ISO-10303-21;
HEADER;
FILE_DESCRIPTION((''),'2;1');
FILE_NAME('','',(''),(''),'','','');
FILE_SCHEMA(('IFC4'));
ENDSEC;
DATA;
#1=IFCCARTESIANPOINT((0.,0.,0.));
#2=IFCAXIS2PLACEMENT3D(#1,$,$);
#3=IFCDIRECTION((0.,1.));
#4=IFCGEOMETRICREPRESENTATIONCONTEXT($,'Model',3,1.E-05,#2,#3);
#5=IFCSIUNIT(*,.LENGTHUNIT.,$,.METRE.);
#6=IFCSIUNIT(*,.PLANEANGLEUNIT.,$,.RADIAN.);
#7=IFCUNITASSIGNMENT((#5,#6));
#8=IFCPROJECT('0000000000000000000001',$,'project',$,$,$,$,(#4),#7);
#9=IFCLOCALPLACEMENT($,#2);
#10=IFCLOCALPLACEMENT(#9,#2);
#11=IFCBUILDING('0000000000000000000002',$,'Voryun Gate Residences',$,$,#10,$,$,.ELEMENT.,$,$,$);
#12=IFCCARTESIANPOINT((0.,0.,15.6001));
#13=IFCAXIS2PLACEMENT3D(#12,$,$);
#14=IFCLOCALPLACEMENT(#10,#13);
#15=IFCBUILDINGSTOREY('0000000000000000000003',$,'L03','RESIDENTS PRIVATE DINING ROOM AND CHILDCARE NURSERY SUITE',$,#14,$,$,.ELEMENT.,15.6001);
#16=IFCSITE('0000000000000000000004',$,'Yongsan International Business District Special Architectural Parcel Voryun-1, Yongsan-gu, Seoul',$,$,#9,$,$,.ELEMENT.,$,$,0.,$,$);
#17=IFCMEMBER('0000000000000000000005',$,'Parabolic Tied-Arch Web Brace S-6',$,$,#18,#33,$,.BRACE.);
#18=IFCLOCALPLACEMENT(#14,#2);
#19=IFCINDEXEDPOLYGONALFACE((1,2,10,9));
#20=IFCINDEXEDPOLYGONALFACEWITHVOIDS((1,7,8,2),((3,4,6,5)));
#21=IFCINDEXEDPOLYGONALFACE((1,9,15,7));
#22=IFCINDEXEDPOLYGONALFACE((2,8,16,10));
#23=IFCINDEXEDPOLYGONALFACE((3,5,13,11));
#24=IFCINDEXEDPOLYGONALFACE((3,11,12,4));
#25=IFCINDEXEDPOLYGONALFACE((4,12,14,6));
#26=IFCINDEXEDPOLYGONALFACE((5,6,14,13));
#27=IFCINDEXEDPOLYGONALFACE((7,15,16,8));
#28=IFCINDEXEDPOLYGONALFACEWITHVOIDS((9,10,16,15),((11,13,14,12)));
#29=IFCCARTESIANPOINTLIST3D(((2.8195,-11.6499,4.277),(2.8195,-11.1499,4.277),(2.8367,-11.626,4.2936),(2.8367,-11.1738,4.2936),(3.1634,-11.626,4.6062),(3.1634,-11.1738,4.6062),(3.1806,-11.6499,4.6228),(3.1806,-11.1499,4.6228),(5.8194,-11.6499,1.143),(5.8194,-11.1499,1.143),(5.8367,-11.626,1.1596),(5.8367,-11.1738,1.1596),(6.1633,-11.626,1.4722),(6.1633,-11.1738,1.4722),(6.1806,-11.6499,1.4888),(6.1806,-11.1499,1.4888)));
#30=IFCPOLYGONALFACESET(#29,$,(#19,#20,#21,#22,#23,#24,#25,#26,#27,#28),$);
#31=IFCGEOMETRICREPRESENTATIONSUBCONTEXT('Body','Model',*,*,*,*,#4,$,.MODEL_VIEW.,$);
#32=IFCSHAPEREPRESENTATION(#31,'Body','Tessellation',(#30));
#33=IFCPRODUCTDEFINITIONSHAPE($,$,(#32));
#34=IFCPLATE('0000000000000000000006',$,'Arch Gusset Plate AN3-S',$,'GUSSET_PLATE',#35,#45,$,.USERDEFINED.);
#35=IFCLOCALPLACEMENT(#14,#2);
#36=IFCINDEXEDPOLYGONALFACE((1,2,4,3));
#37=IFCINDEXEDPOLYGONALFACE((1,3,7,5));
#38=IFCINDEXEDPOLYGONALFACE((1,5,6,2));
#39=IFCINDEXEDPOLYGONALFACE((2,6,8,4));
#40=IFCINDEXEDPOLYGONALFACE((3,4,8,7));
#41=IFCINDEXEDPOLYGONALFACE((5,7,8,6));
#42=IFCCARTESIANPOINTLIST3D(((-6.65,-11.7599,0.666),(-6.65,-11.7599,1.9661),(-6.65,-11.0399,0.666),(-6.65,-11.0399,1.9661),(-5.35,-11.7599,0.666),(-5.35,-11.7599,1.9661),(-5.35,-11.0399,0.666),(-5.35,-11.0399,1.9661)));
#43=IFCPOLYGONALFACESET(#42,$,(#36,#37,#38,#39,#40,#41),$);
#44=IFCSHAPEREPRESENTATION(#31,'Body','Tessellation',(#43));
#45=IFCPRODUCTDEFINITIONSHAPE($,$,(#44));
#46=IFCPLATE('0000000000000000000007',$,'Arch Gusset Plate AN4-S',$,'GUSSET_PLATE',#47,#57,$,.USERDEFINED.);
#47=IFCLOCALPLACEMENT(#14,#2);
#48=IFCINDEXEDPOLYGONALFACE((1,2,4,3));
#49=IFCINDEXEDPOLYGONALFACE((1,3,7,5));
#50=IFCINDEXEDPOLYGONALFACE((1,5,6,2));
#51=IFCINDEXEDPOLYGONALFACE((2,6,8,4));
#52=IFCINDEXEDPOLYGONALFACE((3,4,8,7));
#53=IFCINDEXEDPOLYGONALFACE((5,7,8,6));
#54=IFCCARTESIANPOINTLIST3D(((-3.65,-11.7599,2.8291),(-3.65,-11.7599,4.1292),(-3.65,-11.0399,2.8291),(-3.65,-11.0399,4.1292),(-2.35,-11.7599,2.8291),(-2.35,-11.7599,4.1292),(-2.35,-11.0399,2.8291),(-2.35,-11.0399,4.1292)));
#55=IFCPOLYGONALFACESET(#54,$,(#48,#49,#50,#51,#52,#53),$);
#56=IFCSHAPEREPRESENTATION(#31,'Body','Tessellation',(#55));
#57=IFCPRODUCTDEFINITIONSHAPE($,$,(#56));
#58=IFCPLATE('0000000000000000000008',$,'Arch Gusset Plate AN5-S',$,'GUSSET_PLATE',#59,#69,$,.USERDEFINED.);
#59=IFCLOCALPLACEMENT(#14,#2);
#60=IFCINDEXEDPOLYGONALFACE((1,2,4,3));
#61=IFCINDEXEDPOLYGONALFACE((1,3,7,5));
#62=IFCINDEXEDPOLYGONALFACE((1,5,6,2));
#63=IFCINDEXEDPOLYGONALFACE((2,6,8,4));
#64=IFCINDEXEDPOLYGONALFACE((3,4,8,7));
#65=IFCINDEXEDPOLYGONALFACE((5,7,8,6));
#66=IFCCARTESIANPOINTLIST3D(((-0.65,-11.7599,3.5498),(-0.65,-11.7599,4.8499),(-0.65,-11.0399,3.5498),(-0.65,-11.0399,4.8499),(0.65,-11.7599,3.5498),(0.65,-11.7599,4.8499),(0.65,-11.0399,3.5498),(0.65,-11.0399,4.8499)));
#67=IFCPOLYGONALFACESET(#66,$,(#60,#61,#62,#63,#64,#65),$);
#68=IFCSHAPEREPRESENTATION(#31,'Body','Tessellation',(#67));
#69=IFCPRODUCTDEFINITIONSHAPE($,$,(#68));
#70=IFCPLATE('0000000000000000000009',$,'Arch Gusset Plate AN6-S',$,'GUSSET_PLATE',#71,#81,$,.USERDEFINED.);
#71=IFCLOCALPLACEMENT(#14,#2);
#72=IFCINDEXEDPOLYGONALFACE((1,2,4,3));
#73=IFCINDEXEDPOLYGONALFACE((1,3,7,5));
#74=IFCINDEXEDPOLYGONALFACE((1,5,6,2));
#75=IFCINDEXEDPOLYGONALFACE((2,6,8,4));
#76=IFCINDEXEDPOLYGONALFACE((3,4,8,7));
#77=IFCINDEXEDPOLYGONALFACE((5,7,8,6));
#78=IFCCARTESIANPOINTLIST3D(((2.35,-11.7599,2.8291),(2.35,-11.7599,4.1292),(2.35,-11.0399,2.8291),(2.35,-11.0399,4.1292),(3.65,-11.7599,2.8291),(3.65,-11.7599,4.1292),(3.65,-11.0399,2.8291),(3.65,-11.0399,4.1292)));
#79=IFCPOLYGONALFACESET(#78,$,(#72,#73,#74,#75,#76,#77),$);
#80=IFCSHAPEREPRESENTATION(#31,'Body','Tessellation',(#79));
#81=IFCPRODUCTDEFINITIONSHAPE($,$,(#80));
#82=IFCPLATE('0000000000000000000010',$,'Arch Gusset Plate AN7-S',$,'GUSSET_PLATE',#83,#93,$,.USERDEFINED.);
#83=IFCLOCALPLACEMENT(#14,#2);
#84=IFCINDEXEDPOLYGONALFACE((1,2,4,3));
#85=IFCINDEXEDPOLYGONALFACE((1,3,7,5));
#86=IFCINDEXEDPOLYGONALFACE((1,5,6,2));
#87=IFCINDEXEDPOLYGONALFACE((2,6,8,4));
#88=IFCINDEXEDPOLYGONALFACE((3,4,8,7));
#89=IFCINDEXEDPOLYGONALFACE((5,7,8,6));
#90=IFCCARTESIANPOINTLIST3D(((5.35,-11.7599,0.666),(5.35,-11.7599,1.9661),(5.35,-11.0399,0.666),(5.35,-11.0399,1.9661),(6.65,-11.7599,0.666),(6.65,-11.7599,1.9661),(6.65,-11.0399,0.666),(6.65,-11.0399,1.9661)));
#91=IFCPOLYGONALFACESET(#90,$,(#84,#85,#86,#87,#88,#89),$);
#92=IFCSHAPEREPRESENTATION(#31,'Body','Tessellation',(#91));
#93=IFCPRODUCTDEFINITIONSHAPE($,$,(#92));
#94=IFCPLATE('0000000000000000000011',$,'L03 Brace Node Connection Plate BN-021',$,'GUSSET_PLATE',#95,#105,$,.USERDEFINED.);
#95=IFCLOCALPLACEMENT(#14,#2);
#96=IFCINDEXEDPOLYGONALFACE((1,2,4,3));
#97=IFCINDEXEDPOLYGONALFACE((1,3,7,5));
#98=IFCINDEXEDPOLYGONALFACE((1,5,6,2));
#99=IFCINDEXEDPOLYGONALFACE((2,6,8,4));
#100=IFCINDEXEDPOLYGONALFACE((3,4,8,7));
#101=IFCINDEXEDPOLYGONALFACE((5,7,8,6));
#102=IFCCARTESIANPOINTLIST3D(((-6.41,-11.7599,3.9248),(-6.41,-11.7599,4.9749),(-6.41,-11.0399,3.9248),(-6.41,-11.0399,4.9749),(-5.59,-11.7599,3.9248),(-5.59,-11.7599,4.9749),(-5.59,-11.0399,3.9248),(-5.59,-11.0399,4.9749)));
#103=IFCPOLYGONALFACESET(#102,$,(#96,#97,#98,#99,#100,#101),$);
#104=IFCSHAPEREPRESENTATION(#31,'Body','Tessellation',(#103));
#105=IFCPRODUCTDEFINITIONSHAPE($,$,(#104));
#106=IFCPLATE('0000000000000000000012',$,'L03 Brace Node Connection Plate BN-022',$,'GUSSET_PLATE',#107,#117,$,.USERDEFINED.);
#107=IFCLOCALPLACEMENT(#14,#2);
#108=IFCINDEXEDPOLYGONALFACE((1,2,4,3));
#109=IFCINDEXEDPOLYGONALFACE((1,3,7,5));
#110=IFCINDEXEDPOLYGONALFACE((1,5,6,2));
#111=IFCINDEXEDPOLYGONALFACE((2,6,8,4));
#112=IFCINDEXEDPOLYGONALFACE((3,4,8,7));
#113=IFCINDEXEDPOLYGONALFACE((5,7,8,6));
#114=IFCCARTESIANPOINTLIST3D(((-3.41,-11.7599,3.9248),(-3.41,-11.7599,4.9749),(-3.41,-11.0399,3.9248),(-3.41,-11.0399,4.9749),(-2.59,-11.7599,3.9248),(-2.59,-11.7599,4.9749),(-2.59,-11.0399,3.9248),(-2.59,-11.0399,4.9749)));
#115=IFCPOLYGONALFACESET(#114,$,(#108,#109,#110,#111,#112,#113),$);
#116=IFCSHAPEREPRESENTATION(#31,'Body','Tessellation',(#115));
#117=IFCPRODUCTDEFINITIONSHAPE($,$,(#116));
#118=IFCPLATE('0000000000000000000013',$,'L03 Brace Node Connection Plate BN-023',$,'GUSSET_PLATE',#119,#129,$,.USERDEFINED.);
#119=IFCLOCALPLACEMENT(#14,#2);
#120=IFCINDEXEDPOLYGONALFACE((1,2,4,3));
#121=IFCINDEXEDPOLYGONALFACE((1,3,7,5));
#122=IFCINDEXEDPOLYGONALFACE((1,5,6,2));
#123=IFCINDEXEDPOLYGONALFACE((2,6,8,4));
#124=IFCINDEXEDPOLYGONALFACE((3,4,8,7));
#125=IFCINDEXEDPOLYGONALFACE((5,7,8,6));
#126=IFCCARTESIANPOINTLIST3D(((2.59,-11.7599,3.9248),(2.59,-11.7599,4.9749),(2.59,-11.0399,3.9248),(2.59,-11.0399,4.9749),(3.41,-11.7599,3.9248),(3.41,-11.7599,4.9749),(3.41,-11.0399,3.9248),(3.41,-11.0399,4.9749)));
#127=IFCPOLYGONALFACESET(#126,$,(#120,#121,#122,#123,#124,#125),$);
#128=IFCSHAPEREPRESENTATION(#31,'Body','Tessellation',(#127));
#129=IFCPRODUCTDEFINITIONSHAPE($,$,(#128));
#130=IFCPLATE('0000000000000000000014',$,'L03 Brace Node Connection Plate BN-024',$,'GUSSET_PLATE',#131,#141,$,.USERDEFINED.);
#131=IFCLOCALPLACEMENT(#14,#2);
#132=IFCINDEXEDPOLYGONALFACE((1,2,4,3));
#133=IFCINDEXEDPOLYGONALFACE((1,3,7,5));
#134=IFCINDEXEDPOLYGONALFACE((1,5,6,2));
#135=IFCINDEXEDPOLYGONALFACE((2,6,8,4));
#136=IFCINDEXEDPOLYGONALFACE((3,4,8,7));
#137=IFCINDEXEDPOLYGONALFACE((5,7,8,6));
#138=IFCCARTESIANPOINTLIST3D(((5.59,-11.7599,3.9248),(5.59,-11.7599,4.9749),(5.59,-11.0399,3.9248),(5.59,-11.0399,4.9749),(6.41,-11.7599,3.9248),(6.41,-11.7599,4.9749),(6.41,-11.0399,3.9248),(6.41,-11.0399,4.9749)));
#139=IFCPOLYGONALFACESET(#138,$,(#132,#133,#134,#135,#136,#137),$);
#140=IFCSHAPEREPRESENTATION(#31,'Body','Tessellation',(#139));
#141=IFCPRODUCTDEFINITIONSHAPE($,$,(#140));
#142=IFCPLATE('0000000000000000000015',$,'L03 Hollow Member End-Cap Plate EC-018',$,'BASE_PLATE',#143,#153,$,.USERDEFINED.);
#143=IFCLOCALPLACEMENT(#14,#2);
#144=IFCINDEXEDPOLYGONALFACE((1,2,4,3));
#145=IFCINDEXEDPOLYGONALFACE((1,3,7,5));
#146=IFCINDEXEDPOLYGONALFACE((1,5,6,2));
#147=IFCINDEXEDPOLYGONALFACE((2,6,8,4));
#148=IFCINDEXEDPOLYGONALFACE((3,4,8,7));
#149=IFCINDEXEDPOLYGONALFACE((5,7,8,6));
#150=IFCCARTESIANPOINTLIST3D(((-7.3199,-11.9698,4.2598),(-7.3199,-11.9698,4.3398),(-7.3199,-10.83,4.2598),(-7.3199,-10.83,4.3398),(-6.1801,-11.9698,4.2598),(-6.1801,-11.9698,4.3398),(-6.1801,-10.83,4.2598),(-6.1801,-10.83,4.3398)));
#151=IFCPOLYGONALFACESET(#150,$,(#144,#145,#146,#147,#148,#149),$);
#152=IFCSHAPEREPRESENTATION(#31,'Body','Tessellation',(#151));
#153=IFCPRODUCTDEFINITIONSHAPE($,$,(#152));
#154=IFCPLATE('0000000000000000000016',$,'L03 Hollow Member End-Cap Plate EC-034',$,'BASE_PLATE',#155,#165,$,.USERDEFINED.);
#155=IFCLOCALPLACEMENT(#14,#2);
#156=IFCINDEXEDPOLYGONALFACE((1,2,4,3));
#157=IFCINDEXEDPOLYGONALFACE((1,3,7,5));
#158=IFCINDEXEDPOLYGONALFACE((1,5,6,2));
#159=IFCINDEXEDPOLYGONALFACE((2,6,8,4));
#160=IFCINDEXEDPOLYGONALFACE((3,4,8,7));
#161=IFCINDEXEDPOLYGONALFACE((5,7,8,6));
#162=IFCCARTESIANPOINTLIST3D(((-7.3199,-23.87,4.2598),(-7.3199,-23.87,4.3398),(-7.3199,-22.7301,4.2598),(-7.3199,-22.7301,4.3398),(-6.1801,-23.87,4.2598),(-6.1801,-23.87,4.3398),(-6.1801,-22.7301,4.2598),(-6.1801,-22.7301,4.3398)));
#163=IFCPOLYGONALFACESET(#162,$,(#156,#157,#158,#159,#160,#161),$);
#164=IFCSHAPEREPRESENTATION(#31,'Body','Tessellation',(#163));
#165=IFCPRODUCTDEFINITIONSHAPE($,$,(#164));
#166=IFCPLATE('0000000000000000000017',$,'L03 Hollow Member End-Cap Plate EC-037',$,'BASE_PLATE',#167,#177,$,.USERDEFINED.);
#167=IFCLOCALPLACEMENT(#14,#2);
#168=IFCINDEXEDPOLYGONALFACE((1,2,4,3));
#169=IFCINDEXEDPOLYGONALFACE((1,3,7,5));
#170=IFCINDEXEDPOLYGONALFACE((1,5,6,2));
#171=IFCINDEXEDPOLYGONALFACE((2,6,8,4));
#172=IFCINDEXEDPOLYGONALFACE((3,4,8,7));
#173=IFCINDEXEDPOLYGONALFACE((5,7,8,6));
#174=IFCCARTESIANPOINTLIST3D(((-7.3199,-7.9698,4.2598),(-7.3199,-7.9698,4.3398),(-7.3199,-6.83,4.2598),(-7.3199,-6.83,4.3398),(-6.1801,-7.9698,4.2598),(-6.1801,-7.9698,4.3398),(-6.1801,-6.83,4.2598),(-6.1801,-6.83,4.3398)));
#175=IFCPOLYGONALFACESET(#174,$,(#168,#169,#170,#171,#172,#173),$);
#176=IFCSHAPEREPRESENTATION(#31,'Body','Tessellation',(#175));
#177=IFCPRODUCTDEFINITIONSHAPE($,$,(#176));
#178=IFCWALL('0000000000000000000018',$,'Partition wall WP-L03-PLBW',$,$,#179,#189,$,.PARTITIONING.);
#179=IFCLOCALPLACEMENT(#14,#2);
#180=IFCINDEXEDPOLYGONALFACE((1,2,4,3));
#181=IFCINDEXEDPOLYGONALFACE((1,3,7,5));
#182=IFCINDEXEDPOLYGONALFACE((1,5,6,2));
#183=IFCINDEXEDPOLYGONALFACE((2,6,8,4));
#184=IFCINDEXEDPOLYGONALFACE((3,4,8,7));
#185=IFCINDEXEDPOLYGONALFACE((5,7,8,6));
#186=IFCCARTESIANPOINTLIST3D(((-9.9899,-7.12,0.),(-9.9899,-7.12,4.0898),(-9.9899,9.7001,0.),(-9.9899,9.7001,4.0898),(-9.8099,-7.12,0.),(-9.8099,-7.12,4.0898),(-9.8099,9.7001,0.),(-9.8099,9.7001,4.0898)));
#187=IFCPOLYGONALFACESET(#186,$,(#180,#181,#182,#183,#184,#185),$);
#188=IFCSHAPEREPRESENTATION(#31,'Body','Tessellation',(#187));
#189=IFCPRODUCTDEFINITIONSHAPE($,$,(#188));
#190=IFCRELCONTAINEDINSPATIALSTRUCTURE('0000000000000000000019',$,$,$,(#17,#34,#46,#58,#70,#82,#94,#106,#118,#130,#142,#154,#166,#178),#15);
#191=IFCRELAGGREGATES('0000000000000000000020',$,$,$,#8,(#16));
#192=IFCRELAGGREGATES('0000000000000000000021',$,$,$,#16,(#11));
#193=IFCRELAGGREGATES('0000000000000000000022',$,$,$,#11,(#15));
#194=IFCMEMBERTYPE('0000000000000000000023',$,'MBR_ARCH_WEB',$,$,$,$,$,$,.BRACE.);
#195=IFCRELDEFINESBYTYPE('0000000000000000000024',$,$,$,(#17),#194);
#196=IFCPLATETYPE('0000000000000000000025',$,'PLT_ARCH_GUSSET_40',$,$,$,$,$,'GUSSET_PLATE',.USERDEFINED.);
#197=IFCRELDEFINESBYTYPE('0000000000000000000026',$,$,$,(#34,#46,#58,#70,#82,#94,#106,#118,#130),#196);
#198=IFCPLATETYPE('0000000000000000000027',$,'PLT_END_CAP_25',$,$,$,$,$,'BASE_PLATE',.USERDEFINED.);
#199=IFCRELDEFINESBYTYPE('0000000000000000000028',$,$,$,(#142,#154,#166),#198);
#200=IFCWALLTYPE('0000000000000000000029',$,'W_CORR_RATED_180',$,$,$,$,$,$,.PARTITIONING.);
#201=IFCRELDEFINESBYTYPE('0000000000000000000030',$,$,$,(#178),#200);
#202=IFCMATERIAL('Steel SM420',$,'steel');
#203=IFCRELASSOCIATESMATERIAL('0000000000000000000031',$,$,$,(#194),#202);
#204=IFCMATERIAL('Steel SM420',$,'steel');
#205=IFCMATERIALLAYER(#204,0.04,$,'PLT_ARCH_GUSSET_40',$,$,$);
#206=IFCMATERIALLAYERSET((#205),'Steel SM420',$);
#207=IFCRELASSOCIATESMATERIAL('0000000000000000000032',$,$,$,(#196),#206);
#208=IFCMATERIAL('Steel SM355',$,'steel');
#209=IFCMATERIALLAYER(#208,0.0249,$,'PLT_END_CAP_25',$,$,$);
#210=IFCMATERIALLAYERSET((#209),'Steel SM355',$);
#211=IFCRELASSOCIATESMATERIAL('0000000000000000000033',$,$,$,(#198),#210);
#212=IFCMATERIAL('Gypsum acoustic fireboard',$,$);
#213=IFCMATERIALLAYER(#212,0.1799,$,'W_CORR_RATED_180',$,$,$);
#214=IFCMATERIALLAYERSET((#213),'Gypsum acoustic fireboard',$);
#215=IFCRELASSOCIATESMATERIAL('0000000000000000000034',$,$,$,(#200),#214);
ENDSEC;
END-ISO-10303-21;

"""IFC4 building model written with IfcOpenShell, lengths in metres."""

from ifc_helpers import new_model, si_unit, direction, frame, frame_2d, origin, origin_2d, place, context, subcontext, project, spatial, rectangle, hollow_rectangle, extrude, material, layer, layer_set, material_profile, profile_set, type_object, element, save


model = new_model("IFC4")

# Units and contexts
model_context = context("Model", 3, precision=1e-05, world=origin(), true_north=direction((0.0, 1.0)))
body_context = subcontext(model_context, "Body", "Model", "MODEL_VIEW")
ifc_project = project(units=[si_unit("LENGTHUNIT", "METRE"), si_unit("PLANEANGLEUNIT", "RADIAN")], contexts=[model_context])

# Site, building, storey
site_placement = place(None, origin())
site = spatial("IfcSite", under=ifc_project, at=site_placement, Name="Yongsan International Business District Special Architectural Parcel Voryun-1, Yongsan-gu, Seoul", CompositionType="ELEMENT", RefElevation=0.0)
building_placement = place(site_placement, origin())
building = spatial("IfcBuilding", under=site, at=building_placement, Name="Voryun Gate Residences", CompositionType="ELEMENT")
storey_placement = place(building_placement, frame((0.0, 0.0, 15.6001)))
storey = spatial("IfcBuildingStorey", under=building, at=storey_placement, Name="L03", Description="RESIDENTS PRIVATE DINING ROOM AND CHILDCARE NURSERY SUITE", CompositionType="ELEMENT", Elevation=15.6001)

# Member
ifc_material_1 = material(Name="Steel SM420", Category="steel")
ifc_material_profile_1 = material_profile(ifc_material_1, hollow_rectangle(XDim=0.5, YDim=0.5, WallThickness=0.0239, at=origin_2d()), Name="BOX-500x500x24")
ifc_profile_set_1 = profile_set([ifc_material_profile_1], Name="Steel SM420")
member_type = type_object("IfcMemberType", Name="MBR_ARCH_WEB", PredefinedType="BRACE", material=ifc_profile_set_1)
member_1_placement = place(storey_placement, frame((6.0, -11.3999, 1.3159), z_axis=(-0.691491, 0.0, 0.722385), x_axis=(0.0, -1.0, 0.0)))
element("IfcMember", 1, at=member_1_placement, inside=storey, type_object=member_type, Name="Parabolic Tied-Arch Web Brace S-6", PredefinedType="BRACE", context=body_context, shape_type="SweptSolid", body=[
    extrude(hollow_rectangle(XDim=0.5, YDim=0.5, WallThickness=0.0239, at=origin_2d()), origin(), (0.0, 0.0, 1.0), 4.3384),
])

# Plates
ifc_material_2 = material(Name="Steel SM420", Category="steel")
ifc_layer_1 = layer(ifc_material_2, 0.04, Name="PLT_ARCH_GUSSET_40")
ifc_layer_set_1 = layer_set([ifc_layer_1], Name="Steel SM420")
plate_type_1 = type_object("IfcPlateType", Name="PLT_ARCH_GUSSET_40", ElementType="GUSSET_PLATE", PredefinedType="USERDEFINED", material=ifc_layer_set_1)
for number, where, z_axis, x_axis, name in (
    (2, (-6.0, -11.3999, 0.666), (0.0, 0.0, 1.0), (1.0, 0.0, 0.0), "Arch Gusset Plate AN3-S"),
    (3, (-3.0, -11.3999, 2.8291), (0.0, 0.0, 1.0), (1.0, 0.0, 0.0), "Arch Gusset Plate AN4-S"),
    (4, (0.0, -11.3999, 3.5498), (0.0, 0.0, 1.0), (1.0, 0.0, 0.0), "Arch Gusset Plate AN5-S"),
    (5, (3.0, -11.3999, 2.8291), (0.0, 0.0, 1.0), (1.0, 0.0, 0.0), "Arch Gusset Plate AN6-S"),
    (6, (6.0, -11.3999, 0.666), (0.0, 0.0, 1.0), (1.0, 0.0, 0.0), "Arch Gusset Plate AN7-S"),
):
    element("IfcPlate", number, at=place(storey_placement, frame(where, z_axis=z_axis, x_axis=x_axis)), inside=storey, type_object=plate_type_1, Name=name, ObjectType="GUSSET_PLATE", PredefinedType="USERDEFINED", context=body_context, shape_type="SweptSolid", body=[
        extrude(rectangle(XDim=1.3, YDim=0.72, at=origin_2d()), origin(), (0.0, 0.0, 1.0), 1.3),
    ])
for number, where, z_axis, x_axis, name in (
    (7, (-6.0, -11.3999, 3.9248), (0.0, 0.0, 1.0), (1.0, 0.0, 0.0), "L03 Brace Node Connection Plate BN-021"),
    (8, (-3.0, -11.3999, 3.9248), (0.0, 0.0, 1.0), (1.0, 0.0, 0.0), "L03 Brace Node Connection Plate BN-022"),
    (9, (3.0, -11.3999, 3.9248), (0.0, 0.0, 1.0), (1.0, 0.0, 0.0), "L03 Brace Node Connection Plate BN-023"),
    (10, (6.0, -11.3999, 3.9248), (0.0, 0.0, 1.0), (1.0, 0.0, 0.0), "L03 Brace Node Connection Plate BN-024"),
):
    element("IfcPlate", number, at=place(storey_placement, frame(where, z_axis=z_axis, x_axis=x_axis)), inside=storey, type_object=plate_type_1, Name=name, ObjectType="GUSSET_PLATE", PredefinedType="USERDEFINED", context=body_context, shape_type="SweptSolid", body=[
        extrude(rectangle(XDim=0.8201, YDim=0.72, at=origin_2d()), origin(), (0.0, 0.0, 1.0), 1.05),
    ])
ifc_material_3 = material(Name="Steel SM355", Category="steel")
ifc_layer_2 = layer(ifc_material_3, 0.0249, Name="PLT_END_CAP_25")
ifc_layer_set_2 = layer_set([ifc_layer_2], Name="Steel SM355")
plate_type_2 = type_object("IfcPlateType", Name="PLT_END_CAP_25", ElementType="BASE_PLATE", PredefinedType="USERDEFINED", material=ifc_layer_set_2)
for number, where, z_axis, x_axis, name in (
    (11, (-6.75, -11.3999, 4.2598), (0.0, 0.0, 1.0), (1.0, 0.0, 0.0), "L03 Hollow Member End-Cap Plate EC-018"),
    (12, (-6.75, -23.3, 4.2598), (0.0, 0.0, 1.0), (1.0, 0.0, 0.0), "L03 Hollow Member End-Cap Plate EC-034"),
    (13, (-6.75, -7.3999, 4.2598), (0.0, 0.0, 1.0), (1.0, 0.0, 0.0), "L03 Hollow Member End-Cap Plate EC-037"),
):
    element("IfcPlate", number, at=place(storey_placement, frame(where, z_axis=z_axis, x_axis=x_axis)), inside=storey, type_object=plate_type_2, Name=name, ObjectType="BASE_PLATE", PredefinedType="USERDEFINED", context=body_context, shape_type="SweptSolid", body=[
        extrude(rectangle(XDim=1.1399, YDim=1.1399, at=origin_2d()), origin(), (0.0, 0.0, 1.0), 0.0801),
    ])

# Wall
ifc_material_4 = material(Name="Gypsum acoustic fireboard")
ifc_layer_3 = layer(ifc_material_4, 0.1799, Name="W_CORR_RATED_180")
ifc_layer_set_3 = layer_set([ifc_layer_3], Name="Gypsum acoustic fireboard")
wall_type = type_object("IfcWallType", Name="W_CORR_RATED_180", PredefinedType="PARTITIONING", material=ifc_layer_set_3)
wall_placement = place(storey_placement, frame((-9.8999, -7.1201, 0.0), z_axis=(0.0, 0.0, 1.0), x_axis=(0.0, 1.0, 0.0)))
element("IfcWall", 14, at=wall_placement, inside=storey, type_object=wall_type, Name="Partition wall WP-L03-PLBW", PredefinedType="PARTITIONING", context=body_context, shape_type="SweptSolid", body=[
    extrude(rectangle(XDim=16.8201, YDim=0.1799, at=frame_2d((8.4102, 0.0))), origin(), (0.0, 0.0, 1.0), 4.0898),
])

save(model, "model.ifc")
